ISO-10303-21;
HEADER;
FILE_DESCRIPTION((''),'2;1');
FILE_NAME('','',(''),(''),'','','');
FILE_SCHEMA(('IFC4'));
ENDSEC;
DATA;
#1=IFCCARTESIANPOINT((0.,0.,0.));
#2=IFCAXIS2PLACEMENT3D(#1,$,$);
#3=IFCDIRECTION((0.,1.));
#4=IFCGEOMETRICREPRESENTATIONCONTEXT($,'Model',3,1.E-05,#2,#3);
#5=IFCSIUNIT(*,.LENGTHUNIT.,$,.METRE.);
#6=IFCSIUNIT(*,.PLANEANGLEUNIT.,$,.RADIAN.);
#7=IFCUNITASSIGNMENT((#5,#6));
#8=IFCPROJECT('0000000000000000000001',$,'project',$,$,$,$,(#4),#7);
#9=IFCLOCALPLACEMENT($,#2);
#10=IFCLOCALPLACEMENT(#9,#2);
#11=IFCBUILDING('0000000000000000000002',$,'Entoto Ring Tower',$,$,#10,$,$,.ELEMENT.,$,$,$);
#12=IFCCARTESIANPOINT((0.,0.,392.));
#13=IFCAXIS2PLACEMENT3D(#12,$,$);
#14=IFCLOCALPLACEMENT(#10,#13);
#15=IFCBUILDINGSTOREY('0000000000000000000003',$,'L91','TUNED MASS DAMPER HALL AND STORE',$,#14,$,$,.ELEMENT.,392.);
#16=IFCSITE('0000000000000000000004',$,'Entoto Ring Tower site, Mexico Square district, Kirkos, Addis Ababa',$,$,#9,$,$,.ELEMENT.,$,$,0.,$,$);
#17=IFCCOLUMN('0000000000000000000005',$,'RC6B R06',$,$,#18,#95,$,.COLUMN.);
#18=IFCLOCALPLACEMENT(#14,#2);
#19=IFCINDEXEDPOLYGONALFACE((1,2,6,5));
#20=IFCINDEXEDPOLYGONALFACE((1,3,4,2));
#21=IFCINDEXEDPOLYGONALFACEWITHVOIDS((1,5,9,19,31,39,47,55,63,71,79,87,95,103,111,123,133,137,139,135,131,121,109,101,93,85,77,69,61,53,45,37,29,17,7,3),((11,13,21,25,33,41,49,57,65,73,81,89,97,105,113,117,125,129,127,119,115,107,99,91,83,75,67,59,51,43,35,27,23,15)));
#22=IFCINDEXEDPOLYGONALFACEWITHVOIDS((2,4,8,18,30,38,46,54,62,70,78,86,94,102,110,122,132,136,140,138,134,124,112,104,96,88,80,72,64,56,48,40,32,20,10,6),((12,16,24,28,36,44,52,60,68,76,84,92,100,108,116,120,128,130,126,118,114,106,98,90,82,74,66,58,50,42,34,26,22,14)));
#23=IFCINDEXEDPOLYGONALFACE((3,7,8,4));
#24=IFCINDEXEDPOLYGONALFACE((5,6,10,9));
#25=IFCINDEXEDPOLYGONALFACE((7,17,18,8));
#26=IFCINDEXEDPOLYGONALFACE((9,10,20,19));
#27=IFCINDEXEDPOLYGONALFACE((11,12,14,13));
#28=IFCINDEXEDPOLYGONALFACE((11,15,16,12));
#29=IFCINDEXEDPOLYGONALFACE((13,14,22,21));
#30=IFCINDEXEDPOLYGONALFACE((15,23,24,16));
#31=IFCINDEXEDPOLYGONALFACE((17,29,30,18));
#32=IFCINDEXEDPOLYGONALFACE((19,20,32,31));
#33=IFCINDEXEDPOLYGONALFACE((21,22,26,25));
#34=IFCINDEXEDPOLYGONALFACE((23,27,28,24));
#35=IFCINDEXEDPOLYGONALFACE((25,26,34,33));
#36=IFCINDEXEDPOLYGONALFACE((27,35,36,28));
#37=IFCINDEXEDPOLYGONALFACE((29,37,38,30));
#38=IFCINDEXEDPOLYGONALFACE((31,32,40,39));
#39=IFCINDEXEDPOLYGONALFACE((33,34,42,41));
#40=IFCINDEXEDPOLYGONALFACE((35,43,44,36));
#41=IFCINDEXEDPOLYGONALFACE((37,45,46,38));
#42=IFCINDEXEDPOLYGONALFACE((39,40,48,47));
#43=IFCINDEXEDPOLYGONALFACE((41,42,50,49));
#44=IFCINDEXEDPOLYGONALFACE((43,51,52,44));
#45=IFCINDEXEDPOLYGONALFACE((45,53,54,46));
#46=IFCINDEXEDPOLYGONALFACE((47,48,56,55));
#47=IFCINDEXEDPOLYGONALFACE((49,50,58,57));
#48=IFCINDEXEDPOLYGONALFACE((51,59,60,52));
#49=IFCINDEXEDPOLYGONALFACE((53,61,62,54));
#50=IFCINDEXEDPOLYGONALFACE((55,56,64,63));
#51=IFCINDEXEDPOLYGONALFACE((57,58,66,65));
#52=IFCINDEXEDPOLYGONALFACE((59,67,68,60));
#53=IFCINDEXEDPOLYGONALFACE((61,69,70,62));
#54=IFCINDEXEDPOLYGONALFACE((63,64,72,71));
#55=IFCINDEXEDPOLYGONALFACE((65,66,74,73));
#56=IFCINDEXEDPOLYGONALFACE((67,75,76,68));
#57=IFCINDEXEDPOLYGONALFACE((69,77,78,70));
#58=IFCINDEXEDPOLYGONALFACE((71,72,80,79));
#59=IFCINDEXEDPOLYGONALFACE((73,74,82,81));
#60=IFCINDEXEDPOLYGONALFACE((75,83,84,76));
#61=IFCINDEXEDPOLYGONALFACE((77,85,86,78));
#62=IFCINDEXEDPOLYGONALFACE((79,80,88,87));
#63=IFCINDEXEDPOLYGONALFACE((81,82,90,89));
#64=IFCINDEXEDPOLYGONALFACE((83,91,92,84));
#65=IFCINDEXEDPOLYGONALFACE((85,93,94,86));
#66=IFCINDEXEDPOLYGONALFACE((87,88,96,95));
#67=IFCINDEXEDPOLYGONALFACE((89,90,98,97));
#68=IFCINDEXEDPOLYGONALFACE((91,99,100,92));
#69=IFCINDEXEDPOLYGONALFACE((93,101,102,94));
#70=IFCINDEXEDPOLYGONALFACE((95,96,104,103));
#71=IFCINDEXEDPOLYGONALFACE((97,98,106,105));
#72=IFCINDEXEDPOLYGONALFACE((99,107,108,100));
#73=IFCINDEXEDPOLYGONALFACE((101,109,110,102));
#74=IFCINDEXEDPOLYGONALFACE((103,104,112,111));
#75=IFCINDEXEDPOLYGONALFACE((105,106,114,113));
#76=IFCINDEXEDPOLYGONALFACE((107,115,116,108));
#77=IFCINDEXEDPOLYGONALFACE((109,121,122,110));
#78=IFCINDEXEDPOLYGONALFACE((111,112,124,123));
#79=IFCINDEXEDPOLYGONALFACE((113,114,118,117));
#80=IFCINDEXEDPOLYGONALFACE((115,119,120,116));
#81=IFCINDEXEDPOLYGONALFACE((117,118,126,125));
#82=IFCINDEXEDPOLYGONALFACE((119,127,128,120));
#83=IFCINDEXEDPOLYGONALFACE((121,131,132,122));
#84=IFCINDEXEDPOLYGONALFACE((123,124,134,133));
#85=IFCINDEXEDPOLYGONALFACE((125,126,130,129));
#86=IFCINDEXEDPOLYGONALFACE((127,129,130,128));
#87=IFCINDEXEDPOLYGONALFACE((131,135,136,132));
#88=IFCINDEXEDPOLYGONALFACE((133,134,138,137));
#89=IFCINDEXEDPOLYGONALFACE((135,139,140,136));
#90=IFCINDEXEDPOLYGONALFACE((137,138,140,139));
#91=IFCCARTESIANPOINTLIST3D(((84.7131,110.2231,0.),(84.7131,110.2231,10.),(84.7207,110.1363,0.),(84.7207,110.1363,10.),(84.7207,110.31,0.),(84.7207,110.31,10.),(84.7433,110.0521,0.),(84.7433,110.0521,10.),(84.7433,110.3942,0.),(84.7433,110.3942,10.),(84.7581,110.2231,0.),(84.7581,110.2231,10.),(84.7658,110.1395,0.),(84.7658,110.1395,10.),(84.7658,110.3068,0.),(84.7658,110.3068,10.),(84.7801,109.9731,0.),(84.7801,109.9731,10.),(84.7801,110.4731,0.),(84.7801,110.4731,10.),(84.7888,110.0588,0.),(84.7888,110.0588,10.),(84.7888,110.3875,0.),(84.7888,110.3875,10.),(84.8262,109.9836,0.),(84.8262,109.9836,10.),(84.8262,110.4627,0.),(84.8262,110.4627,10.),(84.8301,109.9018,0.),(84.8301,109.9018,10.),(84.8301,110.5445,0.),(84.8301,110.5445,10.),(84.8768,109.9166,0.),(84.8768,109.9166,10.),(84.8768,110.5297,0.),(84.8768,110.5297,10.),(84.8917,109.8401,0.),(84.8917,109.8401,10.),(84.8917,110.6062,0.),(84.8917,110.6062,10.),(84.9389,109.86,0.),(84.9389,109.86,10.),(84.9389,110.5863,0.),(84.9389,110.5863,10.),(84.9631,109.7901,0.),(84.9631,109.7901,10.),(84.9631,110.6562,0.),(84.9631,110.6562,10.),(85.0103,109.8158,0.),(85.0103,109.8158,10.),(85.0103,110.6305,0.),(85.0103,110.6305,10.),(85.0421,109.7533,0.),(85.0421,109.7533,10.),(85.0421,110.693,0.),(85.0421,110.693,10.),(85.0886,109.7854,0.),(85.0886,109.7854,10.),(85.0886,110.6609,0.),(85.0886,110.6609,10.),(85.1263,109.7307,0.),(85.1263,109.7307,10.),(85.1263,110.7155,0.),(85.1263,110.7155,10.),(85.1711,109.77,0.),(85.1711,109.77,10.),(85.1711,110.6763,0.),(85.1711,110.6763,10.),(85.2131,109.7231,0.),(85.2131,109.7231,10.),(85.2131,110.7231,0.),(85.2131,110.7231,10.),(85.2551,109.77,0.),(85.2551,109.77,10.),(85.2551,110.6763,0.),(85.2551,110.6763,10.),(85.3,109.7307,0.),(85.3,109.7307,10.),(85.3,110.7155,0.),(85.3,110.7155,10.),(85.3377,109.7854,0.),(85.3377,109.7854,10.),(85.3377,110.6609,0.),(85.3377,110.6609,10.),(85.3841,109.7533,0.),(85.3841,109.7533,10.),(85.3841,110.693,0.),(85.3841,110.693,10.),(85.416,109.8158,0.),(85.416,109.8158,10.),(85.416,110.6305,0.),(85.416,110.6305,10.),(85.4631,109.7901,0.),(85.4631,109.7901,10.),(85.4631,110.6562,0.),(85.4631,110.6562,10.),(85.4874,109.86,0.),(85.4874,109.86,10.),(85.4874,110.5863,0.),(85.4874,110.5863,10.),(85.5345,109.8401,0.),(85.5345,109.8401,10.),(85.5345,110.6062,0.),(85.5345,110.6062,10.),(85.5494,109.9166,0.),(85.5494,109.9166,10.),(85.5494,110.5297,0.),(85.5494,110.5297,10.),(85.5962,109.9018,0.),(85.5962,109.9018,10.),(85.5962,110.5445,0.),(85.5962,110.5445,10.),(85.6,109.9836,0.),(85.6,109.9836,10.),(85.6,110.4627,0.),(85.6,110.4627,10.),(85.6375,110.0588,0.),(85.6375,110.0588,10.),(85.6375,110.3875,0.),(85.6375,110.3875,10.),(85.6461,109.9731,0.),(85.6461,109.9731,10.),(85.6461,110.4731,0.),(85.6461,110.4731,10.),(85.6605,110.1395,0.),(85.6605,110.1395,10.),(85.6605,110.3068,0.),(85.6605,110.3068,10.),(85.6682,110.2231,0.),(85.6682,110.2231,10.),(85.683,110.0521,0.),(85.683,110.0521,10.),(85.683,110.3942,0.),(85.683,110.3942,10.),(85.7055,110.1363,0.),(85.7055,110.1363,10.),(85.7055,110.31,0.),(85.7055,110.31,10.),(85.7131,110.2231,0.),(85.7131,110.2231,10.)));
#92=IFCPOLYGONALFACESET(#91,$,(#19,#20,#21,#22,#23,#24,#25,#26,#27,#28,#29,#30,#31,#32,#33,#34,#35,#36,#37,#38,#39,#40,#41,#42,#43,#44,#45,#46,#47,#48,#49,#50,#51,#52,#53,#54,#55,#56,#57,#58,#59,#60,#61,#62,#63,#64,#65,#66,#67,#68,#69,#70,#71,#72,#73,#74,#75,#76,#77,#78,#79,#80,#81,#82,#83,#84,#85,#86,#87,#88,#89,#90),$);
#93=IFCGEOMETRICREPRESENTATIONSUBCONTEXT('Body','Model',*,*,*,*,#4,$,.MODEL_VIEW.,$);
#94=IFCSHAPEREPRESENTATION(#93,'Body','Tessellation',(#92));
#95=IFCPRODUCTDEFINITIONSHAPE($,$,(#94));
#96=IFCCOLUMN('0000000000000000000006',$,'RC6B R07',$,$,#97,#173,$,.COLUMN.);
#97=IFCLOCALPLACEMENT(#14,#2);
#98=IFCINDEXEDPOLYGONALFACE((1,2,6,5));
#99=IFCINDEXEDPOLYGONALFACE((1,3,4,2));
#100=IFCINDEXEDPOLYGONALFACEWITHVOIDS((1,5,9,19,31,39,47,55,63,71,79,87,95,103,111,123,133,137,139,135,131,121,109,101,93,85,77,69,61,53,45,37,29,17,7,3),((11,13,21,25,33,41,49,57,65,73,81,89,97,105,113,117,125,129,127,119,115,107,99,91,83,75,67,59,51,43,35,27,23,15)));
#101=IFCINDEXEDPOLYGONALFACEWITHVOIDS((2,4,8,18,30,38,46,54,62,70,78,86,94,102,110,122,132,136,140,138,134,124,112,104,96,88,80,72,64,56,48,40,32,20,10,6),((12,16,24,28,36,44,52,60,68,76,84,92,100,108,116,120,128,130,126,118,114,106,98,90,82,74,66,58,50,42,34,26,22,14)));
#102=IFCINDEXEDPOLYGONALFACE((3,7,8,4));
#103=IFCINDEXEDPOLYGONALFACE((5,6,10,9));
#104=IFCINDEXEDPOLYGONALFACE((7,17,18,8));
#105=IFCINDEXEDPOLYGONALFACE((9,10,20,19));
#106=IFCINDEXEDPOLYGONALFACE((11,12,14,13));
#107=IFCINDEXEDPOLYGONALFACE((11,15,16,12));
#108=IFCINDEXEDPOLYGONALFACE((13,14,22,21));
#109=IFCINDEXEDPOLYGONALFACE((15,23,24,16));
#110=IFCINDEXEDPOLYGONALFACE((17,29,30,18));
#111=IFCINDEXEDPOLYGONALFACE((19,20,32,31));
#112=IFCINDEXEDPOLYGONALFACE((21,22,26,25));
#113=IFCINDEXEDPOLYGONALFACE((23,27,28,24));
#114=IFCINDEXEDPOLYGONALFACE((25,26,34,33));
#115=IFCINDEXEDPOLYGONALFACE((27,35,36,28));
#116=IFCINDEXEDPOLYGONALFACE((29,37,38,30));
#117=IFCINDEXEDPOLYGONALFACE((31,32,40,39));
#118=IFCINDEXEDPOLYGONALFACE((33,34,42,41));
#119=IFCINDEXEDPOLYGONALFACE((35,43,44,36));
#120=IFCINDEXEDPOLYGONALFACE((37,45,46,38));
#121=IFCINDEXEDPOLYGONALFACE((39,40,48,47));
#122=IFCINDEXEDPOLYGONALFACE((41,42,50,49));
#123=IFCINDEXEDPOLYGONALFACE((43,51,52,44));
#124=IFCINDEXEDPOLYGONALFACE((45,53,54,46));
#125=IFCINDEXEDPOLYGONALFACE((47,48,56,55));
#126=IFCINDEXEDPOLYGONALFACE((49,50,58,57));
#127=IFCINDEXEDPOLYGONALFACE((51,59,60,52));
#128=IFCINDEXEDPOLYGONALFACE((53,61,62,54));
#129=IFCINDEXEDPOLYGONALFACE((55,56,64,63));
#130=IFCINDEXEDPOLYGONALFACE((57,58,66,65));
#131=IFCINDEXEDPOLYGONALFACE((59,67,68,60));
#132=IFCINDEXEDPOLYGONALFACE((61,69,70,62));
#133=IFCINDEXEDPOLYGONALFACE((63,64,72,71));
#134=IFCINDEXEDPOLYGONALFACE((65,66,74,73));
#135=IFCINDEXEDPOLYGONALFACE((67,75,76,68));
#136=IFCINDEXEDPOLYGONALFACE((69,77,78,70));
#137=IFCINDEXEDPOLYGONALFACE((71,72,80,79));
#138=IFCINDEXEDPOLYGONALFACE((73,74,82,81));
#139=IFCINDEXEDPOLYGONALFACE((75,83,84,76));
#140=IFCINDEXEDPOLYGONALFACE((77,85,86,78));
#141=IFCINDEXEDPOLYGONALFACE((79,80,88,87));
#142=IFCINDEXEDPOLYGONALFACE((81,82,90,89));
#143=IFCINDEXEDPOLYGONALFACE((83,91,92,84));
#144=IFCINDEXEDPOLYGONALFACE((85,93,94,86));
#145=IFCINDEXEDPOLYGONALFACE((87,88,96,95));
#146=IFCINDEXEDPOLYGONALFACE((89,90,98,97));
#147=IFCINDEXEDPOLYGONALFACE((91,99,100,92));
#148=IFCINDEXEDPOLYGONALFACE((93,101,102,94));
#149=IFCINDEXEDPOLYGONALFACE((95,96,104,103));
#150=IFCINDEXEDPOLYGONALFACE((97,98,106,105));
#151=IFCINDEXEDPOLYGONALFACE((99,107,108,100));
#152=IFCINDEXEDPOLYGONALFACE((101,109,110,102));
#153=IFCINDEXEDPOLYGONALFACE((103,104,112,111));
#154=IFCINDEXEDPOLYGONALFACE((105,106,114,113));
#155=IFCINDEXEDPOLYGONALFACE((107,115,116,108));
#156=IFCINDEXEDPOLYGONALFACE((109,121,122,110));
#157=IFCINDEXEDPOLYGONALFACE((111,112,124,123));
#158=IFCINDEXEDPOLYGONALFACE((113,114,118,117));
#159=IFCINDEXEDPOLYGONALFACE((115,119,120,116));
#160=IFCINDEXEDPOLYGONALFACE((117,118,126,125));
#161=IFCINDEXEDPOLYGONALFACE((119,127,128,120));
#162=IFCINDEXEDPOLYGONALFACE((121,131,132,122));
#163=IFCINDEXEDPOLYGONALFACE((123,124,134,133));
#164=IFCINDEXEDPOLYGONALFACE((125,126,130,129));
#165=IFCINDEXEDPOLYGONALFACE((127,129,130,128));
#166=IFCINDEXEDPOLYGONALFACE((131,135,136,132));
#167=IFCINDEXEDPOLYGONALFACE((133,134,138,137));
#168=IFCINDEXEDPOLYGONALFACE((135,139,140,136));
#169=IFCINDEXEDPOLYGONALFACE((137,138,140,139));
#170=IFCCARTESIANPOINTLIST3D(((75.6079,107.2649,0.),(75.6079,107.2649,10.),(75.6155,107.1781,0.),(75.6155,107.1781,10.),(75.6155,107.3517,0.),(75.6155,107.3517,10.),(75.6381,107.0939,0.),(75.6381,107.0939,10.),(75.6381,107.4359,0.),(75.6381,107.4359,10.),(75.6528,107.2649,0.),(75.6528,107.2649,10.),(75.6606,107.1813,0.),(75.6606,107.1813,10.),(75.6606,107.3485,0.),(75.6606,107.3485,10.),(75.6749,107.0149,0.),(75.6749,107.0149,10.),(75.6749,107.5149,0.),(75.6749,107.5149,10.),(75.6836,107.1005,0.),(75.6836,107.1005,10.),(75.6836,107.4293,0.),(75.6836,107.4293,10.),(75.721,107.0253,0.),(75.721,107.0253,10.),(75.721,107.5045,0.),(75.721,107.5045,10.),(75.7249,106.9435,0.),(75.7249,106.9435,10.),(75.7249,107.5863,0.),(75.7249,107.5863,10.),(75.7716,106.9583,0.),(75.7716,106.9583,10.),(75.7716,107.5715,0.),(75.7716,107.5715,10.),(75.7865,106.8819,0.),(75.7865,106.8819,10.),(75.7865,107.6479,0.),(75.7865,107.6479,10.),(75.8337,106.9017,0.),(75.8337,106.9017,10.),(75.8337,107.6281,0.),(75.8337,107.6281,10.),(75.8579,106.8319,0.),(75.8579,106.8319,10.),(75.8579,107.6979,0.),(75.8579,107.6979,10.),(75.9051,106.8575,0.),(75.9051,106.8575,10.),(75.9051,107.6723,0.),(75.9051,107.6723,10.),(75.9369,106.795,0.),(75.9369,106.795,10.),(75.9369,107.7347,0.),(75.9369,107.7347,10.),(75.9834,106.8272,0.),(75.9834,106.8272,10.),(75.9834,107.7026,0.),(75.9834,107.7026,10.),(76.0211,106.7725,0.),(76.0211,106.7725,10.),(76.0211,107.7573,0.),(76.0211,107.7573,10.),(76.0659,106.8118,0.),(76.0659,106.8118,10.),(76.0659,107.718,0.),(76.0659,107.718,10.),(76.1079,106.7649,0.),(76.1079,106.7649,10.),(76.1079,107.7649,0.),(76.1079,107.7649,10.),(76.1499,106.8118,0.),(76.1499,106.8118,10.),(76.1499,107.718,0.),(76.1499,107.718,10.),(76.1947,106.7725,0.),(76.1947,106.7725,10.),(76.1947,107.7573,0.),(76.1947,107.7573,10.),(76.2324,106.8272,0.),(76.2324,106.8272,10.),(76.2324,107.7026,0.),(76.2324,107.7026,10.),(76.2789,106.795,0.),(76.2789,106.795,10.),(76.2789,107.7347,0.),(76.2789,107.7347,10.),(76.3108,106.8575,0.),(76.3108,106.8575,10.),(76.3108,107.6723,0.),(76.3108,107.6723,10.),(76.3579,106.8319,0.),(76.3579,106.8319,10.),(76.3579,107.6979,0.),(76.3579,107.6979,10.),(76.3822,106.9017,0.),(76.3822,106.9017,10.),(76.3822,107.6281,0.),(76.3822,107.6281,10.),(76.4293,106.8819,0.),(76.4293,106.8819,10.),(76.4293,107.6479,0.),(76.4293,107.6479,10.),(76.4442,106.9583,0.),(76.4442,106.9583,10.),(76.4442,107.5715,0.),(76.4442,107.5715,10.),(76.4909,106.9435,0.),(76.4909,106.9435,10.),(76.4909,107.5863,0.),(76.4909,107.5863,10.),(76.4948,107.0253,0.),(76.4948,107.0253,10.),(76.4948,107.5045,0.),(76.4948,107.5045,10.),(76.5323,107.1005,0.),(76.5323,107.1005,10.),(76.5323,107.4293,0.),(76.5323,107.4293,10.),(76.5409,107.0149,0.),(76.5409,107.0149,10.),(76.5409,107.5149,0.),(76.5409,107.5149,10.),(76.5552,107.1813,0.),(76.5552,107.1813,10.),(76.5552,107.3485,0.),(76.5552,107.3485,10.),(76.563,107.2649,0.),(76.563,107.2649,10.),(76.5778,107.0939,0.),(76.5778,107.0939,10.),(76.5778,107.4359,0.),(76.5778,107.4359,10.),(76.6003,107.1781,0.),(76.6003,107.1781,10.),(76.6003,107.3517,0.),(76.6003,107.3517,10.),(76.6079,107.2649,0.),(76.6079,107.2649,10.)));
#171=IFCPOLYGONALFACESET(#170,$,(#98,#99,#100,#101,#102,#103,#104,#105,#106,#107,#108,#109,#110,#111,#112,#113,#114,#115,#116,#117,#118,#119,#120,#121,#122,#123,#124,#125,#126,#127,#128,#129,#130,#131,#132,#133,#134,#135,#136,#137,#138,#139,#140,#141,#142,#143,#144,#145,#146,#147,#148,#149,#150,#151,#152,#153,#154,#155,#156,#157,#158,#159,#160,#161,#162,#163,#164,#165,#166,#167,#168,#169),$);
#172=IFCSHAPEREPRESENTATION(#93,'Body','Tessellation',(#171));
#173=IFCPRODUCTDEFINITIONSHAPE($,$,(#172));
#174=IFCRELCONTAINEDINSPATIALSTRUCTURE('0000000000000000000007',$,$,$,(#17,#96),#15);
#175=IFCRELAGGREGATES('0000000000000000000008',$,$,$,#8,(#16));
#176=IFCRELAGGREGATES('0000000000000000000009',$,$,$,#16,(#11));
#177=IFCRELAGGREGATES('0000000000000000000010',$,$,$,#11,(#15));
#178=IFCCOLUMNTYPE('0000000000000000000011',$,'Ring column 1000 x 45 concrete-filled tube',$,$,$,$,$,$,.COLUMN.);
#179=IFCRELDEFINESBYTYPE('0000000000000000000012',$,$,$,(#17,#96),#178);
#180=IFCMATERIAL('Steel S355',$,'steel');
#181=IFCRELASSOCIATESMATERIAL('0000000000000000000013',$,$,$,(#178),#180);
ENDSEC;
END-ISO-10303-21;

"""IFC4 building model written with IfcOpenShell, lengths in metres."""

from ifc_helpers import new_model, si_unit, direction, frame, origin, origin_2d, place, context, subcontext, project, spatial, circle, hollow_circle, extrude, material, material_profile, profile_set, type_object, element, save


model = new_model("IFC4")

# Units and contexts
model_context = context("Model", 3, precision=1e-05, world=origin(), true_north=direction((0.0, 1.0)))
body_context = subcontext(model_context, "Body", "Model", "MODEL_VIEW")
ifc_project = project(units=[si_unit("LENGTHUNIT", "METRE"), si_unit("PLANEANGLEUNIT", "RADIAN")], contexts=[model_context])

# Site, building, storey
site_placement = place(None, origin())
site = spatial("IfcSite", under=ifc_project, at=site_placement, Name="Entoto Ring Tower site, Mexico Square district, Kirkos, Addis Ababa", CompositionType="ELEMENT", RefElevation=0.0)
building_placement = place(site_placement, origin())
building = spatial("IfcBuilding", under=site, at=building_placement, Name="Entoto Ring Tower", CompositionType="ELEMENT")
storey_placement = place(building_placement, frame((0.0, 0.0, 392.0)))
storey = spatial("IfcBuildingStorey", under=building, at=storey_placement, Name="L91", Description="TUNED MASS DAMPER HALL AND STORE", CompositionType="ELEMENT", Elevation=392.0)

# Columns
ifc_material_1 = material(Name="Steel S355", Category="steel")
ifc_material_profile_1 = material_profile(ifc_material_1, hollow_circle(Radius=0.5, WallThickness=0.0449, at=origin_2d()), Name="CHS 1000 x 45")
ifc_material_2 = material(Name="Concrete C60/75", Category="concrete")
ifc_material_profile_2 = material_profile(ifc_material_2, circle(Radius=0.4551, at=origin_2d()), Name="Concrete C60/75 infill")
ifc_profile_set_1 = profile_set([ifc_material_profile_1, ifc_material_profile_2], Name="Steel S355")
column_type = type_object("IfcColumnType", Name="Ring column 1000 x 45 concrete-filled tube", PredefinedType="COLUMN", material=ifc_profile_set_1)
for number, where, z_axis, x_axis, name in (
    (1, (85.2131, 110.2231, 0.0), (0.0, 0.0, 1.0), (1.0, 0.0, 0.0), "RC6B R06"),
    (2, (76.1079, 107.2649, 0.0), (0.0, 0.0, 1.0), (1.0, 0.0, 0.0), "RC6B R07"),
):
    element("IfcColumn", number, at=place(storey_placement, frame(where, z_axis=z_axis, x_axis=x_axis)), inside=storey, type_object=column_type, Name=name, PredefinedType="COLUMN", context=body_context, shape_type="SweptSolid", body=[
        extrude(hollow_circle(Radius=0.5, WallThickness=0.0449, at=origin_2d()), origin(), (0.0, 0.0, 1.0), 10.0),
    ])

save(model, "model.ifc")
